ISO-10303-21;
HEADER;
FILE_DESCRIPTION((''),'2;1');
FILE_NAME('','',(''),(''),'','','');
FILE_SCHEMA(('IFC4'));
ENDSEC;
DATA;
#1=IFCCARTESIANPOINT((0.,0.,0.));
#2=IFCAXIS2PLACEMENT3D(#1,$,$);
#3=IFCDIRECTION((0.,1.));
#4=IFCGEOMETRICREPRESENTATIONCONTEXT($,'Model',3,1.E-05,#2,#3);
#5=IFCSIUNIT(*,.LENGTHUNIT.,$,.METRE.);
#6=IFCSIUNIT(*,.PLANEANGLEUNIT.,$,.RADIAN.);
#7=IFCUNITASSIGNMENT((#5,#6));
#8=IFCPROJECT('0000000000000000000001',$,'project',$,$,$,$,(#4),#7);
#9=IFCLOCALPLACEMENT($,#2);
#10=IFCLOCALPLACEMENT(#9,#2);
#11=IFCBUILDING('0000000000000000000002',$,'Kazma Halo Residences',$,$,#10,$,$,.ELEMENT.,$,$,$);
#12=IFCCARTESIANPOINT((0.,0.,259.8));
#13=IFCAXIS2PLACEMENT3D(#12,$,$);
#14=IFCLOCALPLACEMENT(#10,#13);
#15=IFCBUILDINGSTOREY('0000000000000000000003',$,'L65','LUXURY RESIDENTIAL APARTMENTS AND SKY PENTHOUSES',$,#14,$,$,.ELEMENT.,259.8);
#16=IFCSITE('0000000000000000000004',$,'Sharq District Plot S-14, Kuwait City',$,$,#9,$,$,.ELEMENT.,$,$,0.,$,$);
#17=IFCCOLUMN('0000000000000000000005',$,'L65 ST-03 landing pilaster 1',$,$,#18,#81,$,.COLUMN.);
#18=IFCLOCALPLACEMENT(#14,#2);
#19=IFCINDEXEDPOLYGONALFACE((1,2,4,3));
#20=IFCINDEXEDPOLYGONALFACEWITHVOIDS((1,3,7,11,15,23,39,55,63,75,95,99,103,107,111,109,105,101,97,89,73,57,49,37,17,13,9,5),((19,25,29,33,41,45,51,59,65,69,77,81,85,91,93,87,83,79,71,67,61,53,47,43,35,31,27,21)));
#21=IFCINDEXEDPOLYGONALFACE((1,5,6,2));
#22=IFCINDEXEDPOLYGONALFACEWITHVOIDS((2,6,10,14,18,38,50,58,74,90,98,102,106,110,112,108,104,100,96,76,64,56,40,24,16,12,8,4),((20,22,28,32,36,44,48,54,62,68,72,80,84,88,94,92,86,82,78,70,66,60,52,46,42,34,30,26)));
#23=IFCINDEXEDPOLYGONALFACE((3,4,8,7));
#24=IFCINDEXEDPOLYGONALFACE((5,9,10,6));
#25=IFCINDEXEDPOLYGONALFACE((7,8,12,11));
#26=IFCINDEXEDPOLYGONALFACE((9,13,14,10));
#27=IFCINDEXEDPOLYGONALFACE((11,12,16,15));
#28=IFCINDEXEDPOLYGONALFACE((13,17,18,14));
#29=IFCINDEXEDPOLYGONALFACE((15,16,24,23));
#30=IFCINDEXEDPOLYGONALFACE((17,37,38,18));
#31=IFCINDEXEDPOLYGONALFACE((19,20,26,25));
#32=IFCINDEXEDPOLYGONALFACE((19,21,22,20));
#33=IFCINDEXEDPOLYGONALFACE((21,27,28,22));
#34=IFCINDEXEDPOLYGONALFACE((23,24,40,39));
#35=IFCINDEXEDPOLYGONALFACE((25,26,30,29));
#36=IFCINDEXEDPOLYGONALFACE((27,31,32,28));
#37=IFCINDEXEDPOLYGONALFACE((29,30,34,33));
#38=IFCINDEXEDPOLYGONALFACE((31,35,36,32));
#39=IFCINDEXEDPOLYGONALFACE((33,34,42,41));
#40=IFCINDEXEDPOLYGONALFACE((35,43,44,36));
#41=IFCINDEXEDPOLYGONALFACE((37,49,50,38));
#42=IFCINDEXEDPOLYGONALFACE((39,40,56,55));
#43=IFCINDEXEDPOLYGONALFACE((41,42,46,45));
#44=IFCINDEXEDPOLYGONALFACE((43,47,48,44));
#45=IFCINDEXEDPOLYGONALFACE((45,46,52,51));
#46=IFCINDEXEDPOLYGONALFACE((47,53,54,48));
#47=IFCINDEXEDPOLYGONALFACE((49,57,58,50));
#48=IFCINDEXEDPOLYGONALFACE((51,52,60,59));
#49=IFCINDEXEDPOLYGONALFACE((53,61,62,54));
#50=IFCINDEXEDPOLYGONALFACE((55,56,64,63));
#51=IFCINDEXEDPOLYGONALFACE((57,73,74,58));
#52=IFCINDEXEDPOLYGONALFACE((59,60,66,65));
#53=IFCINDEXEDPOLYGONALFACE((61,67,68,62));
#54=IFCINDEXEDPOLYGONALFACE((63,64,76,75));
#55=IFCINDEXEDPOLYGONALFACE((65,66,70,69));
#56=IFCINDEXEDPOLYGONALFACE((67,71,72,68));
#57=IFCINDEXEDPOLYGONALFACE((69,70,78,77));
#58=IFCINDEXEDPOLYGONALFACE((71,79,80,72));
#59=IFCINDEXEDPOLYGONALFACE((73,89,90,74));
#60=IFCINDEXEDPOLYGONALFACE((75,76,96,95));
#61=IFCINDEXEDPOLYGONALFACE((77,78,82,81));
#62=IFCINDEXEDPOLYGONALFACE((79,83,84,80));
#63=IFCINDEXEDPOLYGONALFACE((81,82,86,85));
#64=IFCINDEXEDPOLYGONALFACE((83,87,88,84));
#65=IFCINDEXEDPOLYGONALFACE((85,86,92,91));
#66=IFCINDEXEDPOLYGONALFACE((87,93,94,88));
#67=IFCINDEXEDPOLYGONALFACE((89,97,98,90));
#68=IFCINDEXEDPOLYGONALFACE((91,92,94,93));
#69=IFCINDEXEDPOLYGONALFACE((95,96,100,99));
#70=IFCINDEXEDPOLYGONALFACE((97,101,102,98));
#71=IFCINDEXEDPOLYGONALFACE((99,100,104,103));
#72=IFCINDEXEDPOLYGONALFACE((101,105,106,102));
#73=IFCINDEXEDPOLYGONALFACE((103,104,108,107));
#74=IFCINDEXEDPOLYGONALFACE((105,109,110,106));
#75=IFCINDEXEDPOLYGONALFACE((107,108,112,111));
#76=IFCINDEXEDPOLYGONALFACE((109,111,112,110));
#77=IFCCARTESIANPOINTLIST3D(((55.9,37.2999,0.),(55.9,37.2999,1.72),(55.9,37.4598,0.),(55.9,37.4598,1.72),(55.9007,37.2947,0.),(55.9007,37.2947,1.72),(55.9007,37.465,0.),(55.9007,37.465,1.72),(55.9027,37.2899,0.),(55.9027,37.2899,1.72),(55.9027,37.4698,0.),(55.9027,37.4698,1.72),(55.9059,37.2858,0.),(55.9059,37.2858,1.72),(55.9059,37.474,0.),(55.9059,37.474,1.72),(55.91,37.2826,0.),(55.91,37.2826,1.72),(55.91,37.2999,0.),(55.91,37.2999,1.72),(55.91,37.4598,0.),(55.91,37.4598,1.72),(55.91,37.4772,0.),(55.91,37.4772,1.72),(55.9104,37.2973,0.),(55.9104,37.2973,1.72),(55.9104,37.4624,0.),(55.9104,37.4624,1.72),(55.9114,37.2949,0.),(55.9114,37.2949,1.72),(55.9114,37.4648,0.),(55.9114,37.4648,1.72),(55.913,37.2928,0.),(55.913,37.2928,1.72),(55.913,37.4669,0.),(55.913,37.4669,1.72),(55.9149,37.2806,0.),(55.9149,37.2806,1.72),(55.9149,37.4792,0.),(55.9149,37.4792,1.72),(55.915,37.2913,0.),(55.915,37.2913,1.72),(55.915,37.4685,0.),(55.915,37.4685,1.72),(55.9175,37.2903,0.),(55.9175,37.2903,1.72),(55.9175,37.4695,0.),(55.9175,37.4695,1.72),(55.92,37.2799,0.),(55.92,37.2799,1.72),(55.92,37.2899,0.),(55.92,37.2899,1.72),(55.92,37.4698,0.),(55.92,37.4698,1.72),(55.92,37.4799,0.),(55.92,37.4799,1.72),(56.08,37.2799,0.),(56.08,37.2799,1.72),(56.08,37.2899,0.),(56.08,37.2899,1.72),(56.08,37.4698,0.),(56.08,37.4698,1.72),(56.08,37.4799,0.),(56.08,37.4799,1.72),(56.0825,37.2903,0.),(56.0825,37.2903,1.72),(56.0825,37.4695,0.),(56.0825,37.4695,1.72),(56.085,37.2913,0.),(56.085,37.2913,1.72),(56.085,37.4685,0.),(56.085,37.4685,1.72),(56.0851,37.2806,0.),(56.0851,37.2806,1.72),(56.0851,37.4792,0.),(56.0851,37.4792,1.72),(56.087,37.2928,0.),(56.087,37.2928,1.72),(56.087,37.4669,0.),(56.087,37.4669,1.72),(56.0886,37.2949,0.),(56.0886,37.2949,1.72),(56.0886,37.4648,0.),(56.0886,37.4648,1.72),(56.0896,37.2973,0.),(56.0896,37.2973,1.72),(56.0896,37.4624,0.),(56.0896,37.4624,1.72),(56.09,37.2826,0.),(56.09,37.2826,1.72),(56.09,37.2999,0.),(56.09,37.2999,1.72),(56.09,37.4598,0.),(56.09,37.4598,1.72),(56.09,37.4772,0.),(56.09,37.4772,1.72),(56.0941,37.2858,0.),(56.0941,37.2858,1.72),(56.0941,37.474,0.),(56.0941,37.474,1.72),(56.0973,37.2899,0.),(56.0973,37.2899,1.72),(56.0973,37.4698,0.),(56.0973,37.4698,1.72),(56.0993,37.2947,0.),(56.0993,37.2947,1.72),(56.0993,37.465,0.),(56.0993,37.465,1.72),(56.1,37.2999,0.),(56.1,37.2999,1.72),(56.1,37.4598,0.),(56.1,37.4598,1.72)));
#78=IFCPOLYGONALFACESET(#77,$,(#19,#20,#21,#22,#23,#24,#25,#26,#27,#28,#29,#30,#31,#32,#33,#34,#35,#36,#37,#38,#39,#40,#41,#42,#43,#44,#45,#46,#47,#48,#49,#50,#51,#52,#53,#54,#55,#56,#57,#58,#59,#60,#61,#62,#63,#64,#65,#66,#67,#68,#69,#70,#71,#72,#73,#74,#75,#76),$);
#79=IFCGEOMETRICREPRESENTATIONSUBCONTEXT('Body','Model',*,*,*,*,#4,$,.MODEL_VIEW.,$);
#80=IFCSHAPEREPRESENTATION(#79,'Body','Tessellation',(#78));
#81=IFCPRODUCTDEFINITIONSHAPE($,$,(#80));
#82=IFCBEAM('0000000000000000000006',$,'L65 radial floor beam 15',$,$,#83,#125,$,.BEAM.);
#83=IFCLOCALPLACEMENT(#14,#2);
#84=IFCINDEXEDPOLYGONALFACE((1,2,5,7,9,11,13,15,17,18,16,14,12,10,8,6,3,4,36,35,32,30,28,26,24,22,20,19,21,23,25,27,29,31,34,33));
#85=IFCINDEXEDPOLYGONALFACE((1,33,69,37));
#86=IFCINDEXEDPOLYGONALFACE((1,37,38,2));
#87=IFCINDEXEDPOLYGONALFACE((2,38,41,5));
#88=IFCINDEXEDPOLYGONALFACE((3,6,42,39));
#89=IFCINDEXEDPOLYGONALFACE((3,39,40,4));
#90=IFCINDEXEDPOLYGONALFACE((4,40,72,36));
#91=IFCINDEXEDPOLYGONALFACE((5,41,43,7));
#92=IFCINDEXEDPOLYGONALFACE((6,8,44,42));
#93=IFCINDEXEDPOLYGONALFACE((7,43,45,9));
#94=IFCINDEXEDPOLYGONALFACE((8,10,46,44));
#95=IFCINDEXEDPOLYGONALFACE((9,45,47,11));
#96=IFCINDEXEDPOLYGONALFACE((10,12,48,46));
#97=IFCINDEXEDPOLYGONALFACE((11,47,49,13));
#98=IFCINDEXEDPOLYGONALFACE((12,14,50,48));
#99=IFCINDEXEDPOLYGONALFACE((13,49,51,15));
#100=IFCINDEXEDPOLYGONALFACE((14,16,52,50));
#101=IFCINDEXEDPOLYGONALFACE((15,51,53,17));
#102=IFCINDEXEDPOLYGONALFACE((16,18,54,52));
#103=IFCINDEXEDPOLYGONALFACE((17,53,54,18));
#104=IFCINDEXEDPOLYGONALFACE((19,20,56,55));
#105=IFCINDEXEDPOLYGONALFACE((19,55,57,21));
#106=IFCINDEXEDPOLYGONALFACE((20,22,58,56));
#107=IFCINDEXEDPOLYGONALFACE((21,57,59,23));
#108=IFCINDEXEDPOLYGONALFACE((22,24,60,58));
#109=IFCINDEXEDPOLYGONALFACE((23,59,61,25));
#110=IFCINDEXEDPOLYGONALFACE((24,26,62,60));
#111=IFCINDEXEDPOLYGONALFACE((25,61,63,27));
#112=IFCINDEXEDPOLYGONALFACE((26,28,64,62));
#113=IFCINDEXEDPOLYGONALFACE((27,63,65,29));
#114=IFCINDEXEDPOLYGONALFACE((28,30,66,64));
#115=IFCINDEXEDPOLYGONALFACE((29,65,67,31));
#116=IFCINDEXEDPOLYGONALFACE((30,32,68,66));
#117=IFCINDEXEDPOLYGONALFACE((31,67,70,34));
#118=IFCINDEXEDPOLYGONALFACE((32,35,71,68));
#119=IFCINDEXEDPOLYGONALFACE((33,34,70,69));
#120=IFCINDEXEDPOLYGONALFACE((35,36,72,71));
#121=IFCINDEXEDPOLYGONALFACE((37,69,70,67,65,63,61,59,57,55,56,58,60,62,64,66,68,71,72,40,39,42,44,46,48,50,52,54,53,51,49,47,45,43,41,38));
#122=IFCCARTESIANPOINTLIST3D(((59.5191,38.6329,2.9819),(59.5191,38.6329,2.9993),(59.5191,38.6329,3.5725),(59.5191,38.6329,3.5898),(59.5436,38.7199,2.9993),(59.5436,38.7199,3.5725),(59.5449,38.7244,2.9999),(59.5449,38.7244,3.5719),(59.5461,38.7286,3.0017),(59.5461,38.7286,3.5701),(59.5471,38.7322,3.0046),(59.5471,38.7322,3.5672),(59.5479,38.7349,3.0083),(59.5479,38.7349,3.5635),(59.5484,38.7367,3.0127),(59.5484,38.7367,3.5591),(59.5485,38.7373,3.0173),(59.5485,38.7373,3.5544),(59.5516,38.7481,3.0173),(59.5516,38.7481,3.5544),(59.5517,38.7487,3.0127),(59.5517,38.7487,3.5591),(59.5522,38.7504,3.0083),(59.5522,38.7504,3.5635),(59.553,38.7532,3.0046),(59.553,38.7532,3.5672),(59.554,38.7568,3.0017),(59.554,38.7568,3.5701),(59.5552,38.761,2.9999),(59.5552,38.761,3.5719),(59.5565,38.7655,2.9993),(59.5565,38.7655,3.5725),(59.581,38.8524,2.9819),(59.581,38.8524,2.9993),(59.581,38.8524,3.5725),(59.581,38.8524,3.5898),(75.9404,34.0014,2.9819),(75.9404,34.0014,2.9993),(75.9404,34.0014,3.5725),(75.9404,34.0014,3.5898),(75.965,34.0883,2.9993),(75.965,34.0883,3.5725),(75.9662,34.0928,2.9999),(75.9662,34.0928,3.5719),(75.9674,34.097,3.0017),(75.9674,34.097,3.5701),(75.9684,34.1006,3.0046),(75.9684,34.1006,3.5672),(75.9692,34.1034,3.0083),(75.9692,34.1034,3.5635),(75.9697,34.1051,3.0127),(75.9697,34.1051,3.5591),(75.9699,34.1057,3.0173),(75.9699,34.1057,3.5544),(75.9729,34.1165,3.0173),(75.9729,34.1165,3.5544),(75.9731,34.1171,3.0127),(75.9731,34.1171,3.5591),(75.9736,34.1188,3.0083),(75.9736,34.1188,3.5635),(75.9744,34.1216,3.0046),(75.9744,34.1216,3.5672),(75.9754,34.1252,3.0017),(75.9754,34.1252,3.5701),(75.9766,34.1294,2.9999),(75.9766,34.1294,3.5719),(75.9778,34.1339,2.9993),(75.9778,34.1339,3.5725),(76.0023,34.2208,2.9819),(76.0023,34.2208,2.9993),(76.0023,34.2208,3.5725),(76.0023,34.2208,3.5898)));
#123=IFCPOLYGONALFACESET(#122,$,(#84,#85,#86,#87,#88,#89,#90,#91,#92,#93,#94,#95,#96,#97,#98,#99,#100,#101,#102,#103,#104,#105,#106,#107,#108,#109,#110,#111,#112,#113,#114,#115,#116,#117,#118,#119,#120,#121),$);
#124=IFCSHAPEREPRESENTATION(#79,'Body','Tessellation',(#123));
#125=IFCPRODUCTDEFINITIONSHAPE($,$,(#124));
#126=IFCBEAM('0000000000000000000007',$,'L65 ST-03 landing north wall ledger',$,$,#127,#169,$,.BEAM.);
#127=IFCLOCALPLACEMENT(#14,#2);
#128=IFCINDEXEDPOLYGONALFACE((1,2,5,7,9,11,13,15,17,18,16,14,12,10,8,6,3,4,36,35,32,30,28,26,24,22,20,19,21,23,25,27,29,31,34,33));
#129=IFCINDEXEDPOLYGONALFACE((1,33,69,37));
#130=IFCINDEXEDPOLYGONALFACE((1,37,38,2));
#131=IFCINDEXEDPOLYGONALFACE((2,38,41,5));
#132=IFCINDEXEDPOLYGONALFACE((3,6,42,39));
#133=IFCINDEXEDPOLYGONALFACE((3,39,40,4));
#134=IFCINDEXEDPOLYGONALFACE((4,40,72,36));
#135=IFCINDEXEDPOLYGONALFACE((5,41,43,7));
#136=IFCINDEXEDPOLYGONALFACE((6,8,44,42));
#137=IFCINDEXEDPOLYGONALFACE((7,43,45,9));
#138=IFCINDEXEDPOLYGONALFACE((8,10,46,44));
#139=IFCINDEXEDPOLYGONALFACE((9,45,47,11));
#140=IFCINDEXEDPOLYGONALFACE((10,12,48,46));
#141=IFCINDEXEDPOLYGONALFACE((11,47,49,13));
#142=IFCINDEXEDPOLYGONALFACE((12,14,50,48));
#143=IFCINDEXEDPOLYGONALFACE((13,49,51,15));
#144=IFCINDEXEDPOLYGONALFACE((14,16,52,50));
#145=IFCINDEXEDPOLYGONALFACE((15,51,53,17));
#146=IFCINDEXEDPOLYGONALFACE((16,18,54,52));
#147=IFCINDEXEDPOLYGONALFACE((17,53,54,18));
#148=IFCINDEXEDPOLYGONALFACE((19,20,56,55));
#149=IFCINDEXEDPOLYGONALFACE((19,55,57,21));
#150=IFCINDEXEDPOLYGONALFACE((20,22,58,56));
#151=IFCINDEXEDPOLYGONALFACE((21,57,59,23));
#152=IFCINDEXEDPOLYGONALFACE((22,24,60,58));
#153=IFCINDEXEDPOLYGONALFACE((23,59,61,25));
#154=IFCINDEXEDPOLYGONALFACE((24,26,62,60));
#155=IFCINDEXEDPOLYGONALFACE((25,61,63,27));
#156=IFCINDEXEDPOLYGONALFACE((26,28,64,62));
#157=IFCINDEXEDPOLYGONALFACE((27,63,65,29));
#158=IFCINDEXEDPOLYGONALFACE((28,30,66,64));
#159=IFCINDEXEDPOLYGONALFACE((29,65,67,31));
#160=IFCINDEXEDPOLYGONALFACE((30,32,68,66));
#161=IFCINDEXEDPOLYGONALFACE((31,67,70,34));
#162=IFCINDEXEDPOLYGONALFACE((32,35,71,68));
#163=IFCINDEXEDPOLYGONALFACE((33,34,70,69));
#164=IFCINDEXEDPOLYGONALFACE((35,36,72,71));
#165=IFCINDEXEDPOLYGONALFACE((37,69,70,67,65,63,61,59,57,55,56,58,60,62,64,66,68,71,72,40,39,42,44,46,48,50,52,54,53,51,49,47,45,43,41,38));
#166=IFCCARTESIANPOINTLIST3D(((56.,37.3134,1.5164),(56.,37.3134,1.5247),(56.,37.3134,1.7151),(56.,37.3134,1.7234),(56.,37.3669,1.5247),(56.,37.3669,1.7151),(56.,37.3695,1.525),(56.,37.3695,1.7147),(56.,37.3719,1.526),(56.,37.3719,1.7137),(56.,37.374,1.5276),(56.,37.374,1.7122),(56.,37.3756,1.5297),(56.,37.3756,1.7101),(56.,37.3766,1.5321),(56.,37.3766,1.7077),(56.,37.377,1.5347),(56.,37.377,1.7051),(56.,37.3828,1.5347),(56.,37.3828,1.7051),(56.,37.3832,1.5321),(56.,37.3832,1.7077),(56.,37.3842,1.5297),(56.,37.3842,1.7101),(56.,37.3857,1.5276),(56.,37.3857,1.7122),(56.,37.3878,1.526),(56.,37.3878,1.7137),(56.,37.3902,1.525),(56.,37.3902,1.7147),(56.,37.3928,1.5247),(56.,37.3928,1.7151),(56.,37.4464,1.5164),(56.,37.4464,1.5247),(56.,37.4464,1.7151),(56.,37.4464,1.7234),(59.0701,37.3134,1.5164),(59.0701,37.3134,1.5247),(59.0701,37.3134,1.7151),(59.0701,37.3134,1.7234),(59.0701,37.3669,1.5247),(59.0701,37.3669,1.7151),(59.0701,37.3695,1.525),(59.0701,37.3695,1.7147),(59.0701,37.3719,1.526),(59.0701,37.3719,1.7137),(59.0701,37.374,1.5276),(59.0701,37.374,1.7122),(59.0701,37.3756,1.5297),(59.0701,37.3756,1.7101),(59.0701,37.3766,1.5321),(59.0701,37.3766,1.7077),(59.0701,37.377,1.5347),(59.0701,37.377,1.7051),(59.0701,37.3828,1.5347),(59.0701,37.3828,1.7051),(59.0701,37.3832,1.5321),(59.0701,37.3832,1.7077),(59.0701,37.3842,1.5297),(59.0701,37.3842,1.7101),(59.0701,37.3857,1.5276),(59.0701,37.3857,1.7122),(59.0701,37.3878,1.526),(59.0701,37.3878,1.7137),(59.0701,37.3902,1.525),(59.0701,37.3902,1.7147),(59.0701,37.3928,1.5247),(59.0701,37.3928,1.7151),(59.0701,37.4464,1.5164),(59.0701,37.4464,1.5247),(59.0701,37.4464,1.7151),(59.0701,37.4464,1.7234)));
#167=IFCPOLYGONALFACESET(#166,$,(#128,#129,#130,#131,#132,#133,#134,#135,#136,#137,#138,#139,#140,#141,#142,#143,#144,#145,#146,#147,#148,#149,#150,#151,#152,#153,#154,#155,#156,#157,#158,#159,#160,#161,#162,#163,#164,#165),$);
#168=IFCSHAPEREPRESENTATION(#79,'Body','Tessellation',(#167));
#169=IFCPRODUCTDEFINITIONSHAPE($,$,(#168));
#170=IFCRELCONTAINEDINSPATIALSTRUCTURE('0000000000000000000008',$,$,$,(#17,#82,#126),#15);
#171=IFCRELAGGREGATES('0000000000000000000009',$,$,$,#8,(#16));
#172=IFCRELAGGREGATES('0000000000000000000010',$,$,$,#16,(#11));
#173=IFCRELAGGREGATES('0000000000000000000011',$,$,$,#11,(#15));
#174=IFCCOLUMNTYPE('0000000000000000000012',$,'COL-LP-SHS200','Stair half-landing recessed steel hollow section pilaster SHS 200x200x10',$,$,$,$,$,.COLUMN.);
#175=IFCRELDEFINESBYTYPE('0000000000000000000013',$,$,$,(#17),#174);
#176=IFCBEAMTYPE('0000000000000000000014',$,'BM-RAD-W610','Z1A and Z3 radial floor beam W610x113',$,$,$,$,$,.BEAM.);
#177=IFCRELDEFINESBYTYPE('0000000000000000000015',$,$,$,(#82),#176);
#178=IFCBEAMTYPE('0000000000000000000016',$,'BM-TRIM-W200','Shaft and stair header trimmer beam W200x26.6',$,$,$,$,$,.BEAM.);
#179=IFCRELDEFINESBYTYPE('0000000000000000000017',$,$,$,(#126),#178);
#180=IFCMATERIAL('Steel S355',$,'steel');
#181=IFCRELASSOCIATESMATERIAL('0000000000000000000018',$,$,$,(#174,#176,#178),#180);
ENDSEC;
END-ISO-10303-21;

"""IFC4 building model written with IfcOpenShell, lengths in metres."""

from ifc_helpers import new_model, si_unit, direction, frame, origin, origin_2d, place, context, subcontext, project, spatial, hollow_rectangle, i_section, extrude, material, material_profile, profile_set, type_object, element, save


model = new_model("IFC4")

# Units and contexts
model_context = context("Model", 3, precision=1e-05, world=origin(), true_north=direction((0.0, 1.0)))
body_context = subcontext(model_context, "Body", "Model", "MODEL_VIEW")
ifc_project = project(units=[si_unit("LENGTHUNIT", "METRE"), si_unit("PLANEANGLEUNIT", "RADIAN")], contexts=[model_context])

# Site, building, storey
site_placement = place(None, origin())
site = spatial("IfcSite", under=ifc_project, at=site_placement, Name="Sharq District Plot S-14, Kuwait City", CompositionType="ELEMENT", RefElevation=0.0)
building_placement = place(site_placement, origin())
building = spatial("IfcBuilding", under=site, at=building_placement, Name="Kazma Halo Residences", CompositionType="ELEMENT")
storey_placement = place(building_placement, frame((0.0, 0.0, 259.8)))
storey = spatial("IfcBuildingStorey", under=building, at=storey_placement, Name="L65", Description="LUXURY RESIDENTIAL APARTMENTS AND SKY PENTHOUSES", CompositionType="ELEMENT", Elevation=259.8)

# Column
ifc_material_1 = material(Name="Steel S355", Category="steel")
ifc_material_profile_1 = material_profile(ifc_material_1, hollow_rectangle(XDim=0.2, YDim=0.2, WallThickness=0.01, InnerFilletRadius=0.01, OuterFilletRadius=0.02, at=origin_2d()), Name="SHS200x200x10")
ifc_profile_set_1 = profile_set([ifc_material_profile_1], Name="Steel S355")
column_type = type_object("IfcColumnType", Name="COL-LP-SHS200", Description="Stair half-landing recessed steel hollow section pilaster SHS 200x200x10", PredefinedType="COLUMN", material=ifc_profile_set_1)
column_placement = place(storey_placement, frame((56.0, 37.3799, 0.0), z_axis=(0.0, 0.0, 1.0), x_axis=(1.0, 0.0, 0.0)))
element("IfcColumn", 1, at=column_placement, inside=storey, type_object=column_type, Name="L65 ST-03 landing pilaster 1", PredefinedType="COLUMN", context=body_context, shape_type="SweptSolid", body=[
    extrude(hollow_rectangle(XDim=0.2, YDim=0.2, WallThickness=0.01, InnerFilletRadius=0.01, OuterFilletRadius=0.02, at=origin_2d()), origin(), (0.0, 0.0, 1.0), 1.72),
])

# Beams
ifc_material_profile_2 = material_profile(ifc_material_1, i_section(OverallWidth=0.228, OverallDepth=0.6079, WebThickness=0.0112, FlangeThickness=0.0173, FilletRadius=0.0181, at=origin_2d()), Name="W610x113")
ifc_profile_set_2 = profile_set([ifc_material_profile_2], Name="Steel S355")
beam_type_1 = type_object("IfcBeamType", Name="BM-RAD-W610", Description="Z1A and Z3 radial floor beam W610x113", PredefinedType="BEAM", material=ifc_profile_set_2)
beam_1_placement = place(storey_placement, frame((59.55, 38.7427, 3.2859), z_axis=(0.962451, -0.271456, 0.0), x_axis=(0.271456, 0.962451, 0.0)))
element("IfcBeam", 2, at=beam_1_placement, inside=storey, type_object=beam_type_1, Name="L65 radial floor beam 15", PredefinedType="BEAM", context=body_context, shape_type="SweptSolid", body=[
    extrude(i_section(OverallWidth=0.228, OverallDepth=0.6079, WebThickness=0.0112, FlangeThickness=0.0173, FilletRadius=0.0181, at=origin_2d()), origin(), (0.0, 0.0, 1.0), 17.062),
])
ifc_material_profile_3 = material_profile(ifc_material_1, i_section(OverallWidth=0.1331, OverallDepth=0.207, WebThickness=0.0059, FlangeThickness=0.0083, FilletRadius=0.01, at=origin_2d()), Name="W200x26.6")
ifc_profile_set_3 = profile_set([ifc_material_profile_3], Name="Steel S355")
beam_type_2 = type_object("IfcBeamType", Name="BM-TRIM-W200", Description="Shaft and stair header trimmer beam W200x26.6", PredefinedType="BEAM", material=ifc_profile_set_3)
beam_2_placement = place(storey_placement, frame((56.0, 37.3799, 1.6199), z_axis=(1.0, 0.0, 0.0), x_axis=(0.0, 1.0, 0.0)))
element("IfcBeam", 3, at=beam_2_placement, inside=storey, type_object=beam_type_2, Name="L65 ST-03 landing north wall ledger", PredefinedType="BEAM", context=body_context, shape_type="SweptSolid", body=[
    extrude(i_section(OverallWidth=0.1331, OverallDepth=0.207, WebThickness=0.0059, FlangeThickness=0.0083, FilletRadius=0.01, at=origin_2d()), origin(), (0.0, 0.0, 1.0), 3.0701),
])

save(model, "model.ifc")
